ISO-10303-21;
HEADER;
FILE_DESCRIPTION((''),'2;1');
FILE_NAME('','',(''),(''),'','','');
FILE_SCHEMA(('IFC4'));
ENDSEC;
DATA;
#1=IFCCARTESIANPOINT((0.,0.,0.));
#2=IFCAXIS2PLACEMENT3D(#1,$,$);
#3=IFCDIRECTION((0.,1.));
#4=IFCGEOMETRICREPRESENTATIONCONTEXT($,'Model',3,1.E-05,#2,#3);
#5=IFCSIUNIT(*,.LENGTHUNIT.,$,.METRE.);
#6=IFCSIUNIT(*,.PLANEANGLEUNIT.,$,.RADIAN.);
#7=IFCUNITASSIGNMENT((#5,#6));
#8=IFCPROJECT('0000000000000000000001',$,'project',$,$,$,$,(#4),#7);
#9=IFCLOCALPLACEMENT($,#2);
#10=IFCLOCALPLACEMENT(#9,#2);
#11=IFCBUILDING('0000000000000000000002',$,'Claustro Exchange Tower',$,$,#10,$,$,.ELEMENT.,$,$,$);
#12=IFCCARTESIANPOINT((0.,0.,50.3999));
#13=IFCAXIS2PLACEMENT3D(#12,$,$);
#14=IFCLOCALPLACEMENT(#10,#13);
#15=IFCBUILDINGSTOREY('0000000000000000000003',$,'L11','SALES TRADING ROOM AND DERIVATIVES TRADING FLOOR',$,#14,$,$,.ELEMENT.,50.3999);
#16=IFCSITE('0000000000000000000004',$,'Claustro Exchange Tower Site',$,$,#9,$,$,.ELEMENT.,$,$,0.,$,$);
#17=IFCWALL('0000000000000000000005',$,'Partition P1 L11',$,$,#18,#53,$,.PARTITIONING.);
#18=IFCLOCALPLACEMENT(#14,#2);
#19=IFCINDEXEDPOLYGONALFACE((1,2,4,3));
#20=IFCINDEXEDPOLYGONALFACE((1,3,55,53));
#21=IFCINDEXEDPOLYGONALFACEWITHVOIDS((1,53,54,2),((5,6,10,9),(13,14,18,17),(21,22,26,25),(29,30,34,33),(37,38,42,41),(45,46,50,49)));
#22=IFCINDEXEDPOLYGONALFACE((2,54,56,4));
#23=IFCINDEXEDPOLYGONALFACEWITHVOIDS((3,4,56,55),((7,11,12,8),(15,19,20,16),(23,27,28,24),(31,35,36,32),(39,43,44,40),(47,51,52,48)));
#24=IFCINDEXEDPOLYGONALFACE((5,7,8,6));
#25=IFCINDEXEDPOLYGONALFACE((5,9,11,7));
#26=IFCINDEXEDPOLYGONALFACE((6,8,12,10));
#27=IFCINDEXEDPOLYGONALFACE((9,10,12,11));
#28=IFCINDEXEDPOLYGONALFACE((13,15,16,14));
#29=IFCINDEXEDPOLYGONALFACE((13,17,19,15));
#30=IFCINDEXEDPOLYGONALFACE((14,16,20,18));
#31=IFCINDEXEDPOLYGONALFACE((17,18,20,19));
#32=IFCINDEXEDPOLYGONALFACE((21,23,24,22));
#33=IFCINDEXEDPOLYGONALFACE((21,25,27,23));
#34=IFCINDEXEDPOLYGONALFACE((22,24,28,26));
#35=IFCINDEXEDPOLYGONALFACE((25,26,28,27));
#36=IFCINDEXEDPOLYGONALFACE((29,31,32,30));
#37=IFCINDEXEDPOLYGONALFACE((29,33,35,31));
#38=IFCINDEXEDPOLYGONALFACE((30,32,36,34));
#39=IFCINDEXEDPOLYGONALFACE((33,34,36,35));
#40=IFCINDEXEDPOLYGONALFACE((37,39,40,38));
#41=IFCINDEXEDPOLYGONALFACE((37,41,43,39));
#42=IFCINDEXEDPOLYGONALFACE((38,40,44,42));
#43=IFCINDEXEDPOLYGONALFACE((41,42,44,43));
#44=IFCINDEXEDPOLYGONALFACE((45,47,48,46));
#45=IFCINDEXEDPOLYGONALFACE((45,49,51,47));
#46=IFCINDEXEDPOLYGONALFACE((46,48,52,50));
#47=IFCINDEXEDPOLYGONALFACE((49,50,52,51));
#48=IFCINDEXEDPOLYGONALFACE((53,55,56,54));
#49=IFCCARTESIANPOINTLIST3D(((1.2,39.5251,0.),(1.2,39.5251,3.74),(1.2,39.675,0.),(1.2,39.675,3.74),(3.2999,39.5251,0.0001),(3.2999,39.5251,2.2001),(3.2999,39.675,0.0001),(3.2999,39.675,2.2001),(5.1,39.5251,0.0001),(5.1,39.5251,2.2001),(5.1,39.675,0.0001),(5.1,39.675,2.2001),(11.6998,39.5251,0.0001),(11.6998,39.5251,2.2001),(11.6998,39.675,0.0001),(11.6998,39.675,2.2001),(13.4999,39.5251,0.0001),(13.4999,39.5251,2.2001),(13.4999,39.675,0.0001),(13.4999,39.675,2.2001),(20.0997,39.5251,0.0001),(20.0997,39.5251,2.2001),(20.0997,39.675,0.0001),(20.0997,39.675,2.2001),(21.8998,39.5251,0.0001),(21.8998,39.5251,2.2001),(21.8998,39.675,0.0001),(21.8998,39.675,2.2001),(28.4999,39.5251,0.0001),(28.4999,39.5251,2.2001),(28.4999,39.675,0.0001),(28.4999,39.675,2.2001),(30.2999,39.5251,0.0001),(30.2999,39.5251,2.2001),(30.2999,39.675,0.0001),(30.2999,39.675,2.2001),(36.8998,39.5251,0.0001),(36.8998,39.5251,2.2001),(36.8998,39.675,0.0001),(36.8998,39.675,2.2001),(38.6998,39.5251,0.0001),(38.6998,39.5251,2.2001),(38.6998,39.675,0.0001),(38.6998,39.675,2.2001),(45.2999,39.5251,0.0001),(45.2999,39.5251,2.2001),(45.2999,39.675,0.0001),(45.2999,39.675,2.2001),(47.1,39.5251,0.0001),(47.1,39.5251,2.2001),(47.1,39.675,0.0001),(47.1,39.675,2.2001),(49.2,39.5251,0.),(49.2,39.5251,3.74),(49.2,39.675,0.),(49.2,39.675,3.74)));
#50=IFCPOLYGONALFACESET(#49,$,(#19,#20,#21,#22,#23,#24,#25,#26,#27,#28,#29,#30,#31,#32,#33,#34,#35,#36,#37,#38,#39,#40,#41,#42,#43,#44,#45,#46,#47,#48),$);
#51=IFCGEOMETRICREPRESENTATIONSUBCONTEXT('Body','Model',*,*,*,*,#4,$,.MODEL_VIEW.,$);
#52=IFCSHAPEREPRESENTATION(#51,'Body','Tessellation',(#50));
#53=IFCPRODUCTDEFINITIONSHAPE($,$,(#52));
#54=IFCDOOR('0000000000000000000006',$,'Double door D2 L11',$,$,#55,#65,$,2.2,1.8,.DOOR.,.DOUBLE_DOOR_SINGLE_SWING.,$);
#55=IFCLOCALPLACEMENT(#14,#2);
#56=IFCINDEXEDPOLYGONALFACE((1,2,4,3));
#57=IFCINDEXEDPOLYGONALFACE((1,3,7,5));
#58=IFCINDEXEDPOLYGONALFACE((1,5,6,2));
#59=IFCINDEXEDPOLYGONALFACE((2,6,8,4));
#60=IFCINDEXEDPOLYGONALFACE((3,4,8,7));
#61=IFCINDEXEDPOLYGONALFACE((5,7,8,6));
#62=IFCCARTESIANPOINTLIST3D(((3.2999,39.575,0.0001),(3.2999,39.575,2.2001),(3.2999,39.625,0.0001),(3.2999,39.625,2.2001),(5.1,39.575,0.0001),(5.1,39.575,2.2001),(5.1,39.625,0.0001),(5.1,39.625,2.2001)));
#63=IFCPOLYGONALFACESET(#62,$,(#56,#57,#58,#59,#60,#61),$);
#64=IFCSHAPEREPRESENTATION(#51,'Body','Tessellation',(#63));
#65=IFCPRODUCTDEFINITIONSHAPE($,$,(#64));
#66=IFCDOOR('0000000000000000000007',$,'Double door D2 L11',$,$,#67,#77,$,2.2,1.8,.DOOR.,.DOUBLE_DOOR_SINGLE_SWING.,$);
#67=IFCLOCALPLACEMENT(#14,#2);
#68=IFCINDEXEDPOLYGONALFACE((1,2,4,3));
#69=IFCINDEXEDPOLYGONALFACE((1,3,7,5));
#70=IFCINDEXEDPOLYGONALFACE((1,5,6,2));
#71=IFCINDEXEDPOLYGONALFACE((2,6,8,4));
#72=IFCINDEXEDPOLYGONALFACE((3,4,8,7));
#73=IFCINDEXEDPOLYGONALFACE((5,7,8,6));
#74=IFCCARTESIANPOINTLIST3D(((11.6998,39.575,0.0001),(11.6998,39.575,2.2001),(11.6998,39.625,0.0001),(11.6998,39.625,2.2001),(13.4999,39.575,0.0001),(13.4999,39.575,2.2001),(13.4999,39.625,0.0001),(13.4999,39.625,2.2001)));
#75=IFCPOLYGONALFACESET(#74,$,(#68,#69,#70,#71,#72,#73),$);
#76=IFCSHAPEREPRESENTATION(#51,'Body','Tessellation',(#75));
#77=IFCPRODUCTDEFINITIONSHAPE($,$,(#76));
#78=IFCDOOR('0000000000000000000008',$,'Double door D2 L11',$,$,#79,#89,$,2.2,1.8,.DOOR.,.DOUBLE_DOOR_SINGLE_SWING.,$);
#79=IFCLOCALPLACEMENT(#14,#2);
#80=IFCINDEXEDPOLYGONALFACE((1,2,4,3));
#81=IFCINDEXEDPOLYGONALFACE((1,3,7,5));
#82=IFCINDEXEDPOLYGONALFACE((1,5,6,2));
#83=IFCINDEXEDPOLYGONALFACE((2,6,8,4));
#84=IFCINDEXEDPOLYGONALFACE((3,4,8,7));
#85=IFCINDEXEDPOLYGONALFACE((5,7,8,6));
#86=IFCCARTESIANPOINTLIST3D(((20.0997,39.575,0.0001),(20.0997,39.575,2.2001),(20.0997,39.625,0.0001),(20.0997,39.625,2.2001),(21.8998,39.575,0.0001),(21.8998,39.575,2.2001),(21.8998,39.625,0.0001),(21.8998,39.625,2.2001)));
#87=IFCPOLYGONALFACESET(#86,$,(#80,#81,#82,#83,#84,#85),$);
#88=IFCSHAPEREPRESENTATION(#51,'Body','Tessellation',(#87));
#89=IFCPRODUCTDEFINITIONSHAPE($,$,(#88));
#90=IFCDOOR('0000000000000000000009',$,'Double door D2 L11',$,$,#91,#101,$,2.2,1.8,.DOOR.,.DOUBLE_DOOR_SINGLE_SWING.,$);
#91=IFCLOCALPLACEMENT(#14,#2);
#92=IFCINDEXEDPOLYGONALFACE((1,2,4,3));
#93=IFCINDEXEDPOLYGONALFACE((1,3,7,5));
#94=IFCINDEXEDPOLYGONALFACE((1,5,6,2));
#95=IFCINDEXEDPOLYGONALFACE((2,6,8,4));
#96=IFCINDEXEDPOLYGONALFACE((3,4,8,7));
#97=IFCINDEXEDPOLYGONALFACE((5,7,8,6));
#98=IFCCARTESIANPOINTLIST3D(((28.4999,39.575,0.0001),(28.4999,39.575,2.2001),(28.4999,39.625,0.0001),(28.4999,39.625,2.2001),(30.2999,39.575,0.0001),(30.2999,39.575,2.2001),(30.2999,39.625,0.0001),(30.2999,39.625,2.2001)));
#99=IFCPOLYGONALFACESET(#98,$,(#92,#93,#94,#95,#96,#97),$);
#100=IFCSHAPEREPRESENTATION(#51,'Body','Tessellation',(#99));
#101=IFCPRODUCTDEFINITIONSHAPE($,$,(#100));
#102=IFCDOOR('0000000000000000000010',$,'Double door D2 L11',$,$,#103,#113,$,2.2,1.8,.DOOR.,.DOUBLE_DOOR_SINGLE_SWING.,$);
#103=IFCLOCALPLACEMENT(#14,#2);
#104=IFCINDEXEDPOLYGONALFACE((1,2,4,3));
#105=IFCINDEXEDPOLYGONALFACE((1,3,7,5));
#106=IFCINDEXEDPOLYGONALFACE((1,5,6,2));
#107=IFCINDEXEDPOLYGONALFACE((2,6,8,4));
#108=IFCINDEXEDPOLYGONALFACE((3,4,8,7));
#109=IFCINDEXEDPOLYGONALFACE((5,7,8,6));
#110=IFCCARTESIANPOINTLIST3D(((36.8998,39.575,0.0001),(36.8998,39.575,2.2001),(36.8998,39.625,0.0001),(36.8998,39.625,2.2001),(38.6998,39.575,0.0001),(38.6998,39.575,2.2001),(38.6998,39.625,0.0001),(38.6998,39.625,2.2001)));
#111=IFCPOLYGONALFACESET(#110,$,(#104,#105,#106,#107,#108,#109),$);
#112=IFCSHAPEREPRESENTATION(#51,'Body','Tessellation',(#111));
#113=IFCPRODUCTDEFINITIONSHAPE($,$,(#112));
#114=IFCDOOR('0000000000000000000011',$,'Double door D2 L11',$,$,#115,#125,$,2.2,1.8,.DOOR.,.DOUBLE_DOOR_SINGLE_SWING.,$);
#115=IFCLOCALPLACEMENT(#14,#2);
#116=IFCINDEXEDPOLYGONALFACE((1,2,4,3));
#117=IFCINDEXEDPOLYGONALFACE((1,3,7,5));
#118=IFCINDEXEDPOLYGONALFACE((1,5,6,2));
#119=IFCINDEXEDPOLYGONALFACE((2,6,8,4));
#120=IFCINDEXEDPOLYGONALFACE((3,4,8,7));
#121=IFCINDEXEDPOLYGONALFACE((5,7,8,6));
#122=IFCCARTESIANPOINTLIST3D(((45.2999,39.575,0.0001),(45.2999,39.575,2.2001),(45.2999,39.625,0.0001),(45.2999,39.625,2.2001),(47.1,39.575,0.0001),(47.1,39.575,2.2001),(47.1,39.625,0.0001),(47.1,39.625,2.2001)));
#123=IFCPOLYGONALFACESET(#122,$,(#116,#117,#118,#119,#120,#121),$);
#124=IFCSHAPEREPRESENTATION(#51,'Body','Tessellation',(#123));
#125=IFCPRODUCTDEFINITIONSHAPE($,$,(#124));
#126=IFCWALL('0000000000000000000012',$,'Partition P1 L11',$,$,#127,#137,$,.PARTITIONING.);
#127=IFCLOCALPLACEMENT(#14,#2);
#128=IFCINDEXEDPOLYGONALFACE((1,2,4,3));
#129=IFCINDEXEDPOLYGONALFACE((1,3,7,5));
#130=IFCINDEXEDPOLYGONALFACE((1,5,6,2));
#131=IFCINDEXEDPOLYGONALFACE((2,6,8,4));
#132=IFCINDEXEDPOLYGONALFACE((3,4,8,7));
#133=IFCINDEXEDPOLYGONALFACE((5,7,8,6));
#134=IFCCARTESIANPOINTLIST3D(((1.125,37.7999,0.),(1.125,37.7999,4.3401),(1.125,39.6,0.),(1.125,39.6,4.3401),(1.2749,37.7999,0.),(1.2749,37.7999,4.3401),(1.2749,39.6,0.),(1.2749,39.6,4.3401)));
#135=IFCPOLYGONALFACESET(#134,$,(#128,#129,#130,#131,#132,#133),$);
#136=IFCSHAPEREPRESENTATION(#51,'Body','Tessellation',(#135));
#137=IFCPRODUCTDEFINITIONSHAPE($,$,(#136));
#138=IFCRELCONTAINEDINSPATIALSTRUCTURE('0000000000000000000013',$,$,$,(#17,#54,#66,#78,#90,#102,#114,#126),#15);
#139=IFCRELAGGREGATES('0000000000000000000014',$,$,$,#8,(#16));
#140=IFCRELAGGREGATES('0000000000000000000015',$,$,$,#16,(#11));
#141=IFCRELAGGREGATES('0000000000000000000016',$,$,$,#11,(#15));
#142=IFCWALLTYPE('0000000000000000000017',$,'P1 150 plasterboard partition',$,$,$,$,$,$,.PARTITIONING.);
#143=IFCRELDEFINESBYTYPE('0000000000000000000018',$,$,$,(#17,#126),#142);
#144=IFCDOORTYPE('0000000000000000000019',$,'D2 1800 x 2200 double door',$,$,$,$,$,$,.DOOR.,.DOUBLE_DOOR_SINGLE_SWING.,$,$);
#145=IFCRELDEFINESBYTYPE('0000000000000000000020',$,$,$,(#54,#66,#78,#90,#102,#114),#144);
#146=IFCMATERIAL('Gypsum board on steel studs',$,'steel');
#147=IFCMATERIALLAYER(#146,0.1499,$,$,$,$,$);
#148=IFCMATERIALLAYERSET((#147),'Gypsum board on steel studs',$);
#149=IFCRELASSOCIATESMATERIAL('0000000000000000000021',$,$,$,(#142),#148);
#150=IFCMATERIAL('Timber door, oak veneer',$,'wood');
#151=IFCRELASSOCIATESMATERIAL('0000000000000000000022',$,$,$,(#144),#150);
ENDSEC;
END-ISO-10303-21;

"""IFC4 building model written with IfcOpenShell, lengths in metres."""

from ifc_helpers import new_model, si_unit, direction, frame, frame_2d, origin, place, context, subcontext, project, spatial, rectangle, extrude, material, layer, layer_set, type_object, element, fill, save


model = new_model("IFC4")

# Units and contexts
model_context = context("Model", 3, precision=1e-05, world=origin(), true_north=direction((0.0, 1.0)))
body_context = subcontext(model_context, "Body", "Model", "MODEL_VIEW")
ifc_project = project(units=[si_unit("LENGTHUNIT", "METRE"), si_unit("PLANEANGLEUNIT", "RADIAN")], contexts=[model_context])

# Site, building, storey
site_placement = place(None, origin())
site = spatial("IfcSite", under=ifc_project, at=site_placement, Name="Claustro Exchange Tower Site", CompositionType="ELEMENT", RefElevation=0.0)
building_placement = place(site_placement, origin())
building = spatial("IfcBuilding", under=site, at=building_placement, Name="Claustro Exchange Tower", CompositionType="ELEMENT")
storey_placement = place(building_placement, frame((0.0, 0.0, 50.3999)))
storey = spatial("IfcBuildingStorey", under=building, at=storey_placement, Name="L11", Description="SALES TRADING ROOM AND DERIVATIVES TRADING FLOOR", CompositionType="ELEMENT", Elevation=50.3999)

# Wall, openings, doors
ifc_material_1 = material(Name="Gypsum board on steel studs", Category="steel")
ifc_layer_1 = layer(ifc_material_1, 0.1499)
ifc_layer_set_1 = layer_set([ifc_layer_1], Name="Gypsum board on steel studs")
wall_type_1 = type_object("IfcWallType", Name="P1 150 plasterboard partition", PredefinedType="PARTITIONING", material=ifc_layer_set_1)
wall_1_placement = place(storey_placement, frame((1.2, 39.6001, 0.0), z_axis=(0.0, 0.0, 1.0), x_axis=(1.0, 0.0, 0.0)))
wall_1 = element("IfcWall", 1, at=wall_1_placement, inside=storey, type_object=wall_type_1, Name="Partition P1 L11", PredefinedType="PARTITIONING", context=body_context, shape_type="SweptSolid", body=[
    extrude(rectangle(XDim=48.0, YDim=0.1499, at=frame_2d((24.0, 0.0))), origin(), (0.0, 0.0, 1.0), 3.74),
])
opening_1_placement = place(wall_1_placement, frame((2.1001, 0.0, 0.0)))
opening_1 = element("IfcOpeningElement", 2, at=opening_1_placement, cuts=wall_1, PredefinedType="OPENING", context=body_context, shape_type="SweptSolid", body=[
    extrude(rectangle(XDim=1.8, YDim=2.2, at=frame_2d((0.8999, 1.1001))), frame((0.0, 0.085, 0.0), z_axis=(0.0, -1.0, 0.0), x_axis=(1.0, 0.0, 0.0)), (0.0, 0.0, 1.0), 0.1699),
])
opening_2_placement = place(wall_1_placement, frame((10.5, 0.0, 0.0)))
opening_2 = element("IfcOpeningElement", 3, at=opening_2_placement, cuts=wall_1, PredefinedType="OPENING", context=body_context, shape_type="SweptSolid", body=[
    extrude(rectangle(XDim=1.8, YDim=2.2, at=frame_2d((0.8999, 1.1001))), frame((0.0, 0.085, 0.0), z_axis=(0.0, -1.0, 0.0), x_axis=(1.0, 0.0, 0.0)), (0.0, 0.0, 1.0), 0.1699),
])
opening_3_placement = place(wall_1_placement, frame((18.8999, 0.0, 0.0)))
opening_3 = element("IfcOpeningElement", 4, at=opening_3_placement, cuts=wall_1, PredefinedType="OPENING", context=body_context, shape_type="SweptSolid", body=[
    extrude(rectangle(XDim=1.8, YDim=2.2, at=frame_2d((0.8999, 1.1001))), frame((0.0, 0.085, 0.0), z_axis=(0.0, -1.0, 0.0), x_axis=(1.0, 0.0, 0.0)), (0.0, 0.0, 1.0), 0.1699),
])
opening_4_placement = place(wall_1_placement, frame((27.3, 0.0, 0.0)))
opening_4 = element("IfcOpeningElement", 5, at=opening_4_placement, cuts=wall_1, PredefinedType="OPENING", context=body_context, shape_type="SweptSolid", body=[
    extrude(rectangle(XDim=1.8, YDim=2.2, at=frame_2d((0.8999, 1.1001))), frame((0.0, 0.085, 0.0), z_axis=(0.0, -1.0, 0.0), x_axis=(1.0, 0.0, 0.0)), (0.0, 0.0, 1.0), 0.1699),
])
opening_5_placement = place(wall_1_placement, frame((35.7, 0.0, 0.0)))
opening_5 = element("IfcOpeningElement", 6, at=opening_5_placement, cuts=wall_1, PredefinedType="OPENING", context=body_context, shape_type="SweptSolid", body=[
    extrude(rectangle(XDim=1.8, YDim=2.2, at=frame_2d((0.8999, 1.1001))), frame((0.0, 0.085, 0.0), z_axis=(0.0, -1.0, 0.0), x_axis=(1.0, 0.0, 0.0)), (0.0, 0.0, 1.0), 0.1699),
])
opening_6_placement = place(wall_1_placement, frame((44.1001, 0.0, 0.0)))
opening_6 = element("IfcOpeningElement", 7, at=opening_6_placement, cuts=wall_1, PredefinedType="OPENING", context=body_context, shape_type="SweptSolid", body=[
    extrude(rectangle(XDim=1.8, YDim=2.2, at=frame_2d((0.8999, 1.1001))), frame((0.0, 0.085, 0.0), z_axis=(0.0, -1.0, 0.0), x_axis=(1.0, 0.0, 0.0)), (0.0, 0.0, 1.0), 0.1699),
])
ifc_material_2 = material(Name="Timber door, oak veneer", Category="wood")
door_type = type_object("IfcDoorType", Name="D2 1800 x 2200 double door", OperationType="DOUBLE_DOOR_SINGLE_SWING", PredefinedType="DOOR", material=ifc_material_2)
door_1_placement = place(opening_1_placement, origin())
door_1 = element("IfcDoor", 8, at=door_1_placement, inside=storey, type_object=door_type, Name="Double door D2 L11", OperationType="DOUBLE_DOOR_SINGLE_SWING", OverallHeight=2.2, OverallWidth=1.8, PredefinedType="DOOR", context=body_context, shape_type="SweptSolid", body=[
    extrude(rectangle(XDim=1.8, YDim=2.2, at=frame_2d((0.8999, 1.1001))), frame((0.0, 0.0249, 0.0), z_axis=(0.0, -1.0, 0.0), x_axis=(1.0, 0.0, 0.0)), (0.0, 0.0, 1.0), 0.05),
])
fill(opening_1, door_1)
door_2_placement = place(opening_2_placement, origin())
door_2 = element("IfcDoor", 9, at=door_2_placement, inside=storey, type_object=door_type, Name="Double door D2 L11", OperationType="DOUBLE_DOOR_SINGLE_SWING", OverallHeight=2.2, OverallWidth=1.8, PredefinedType="DOOR", context=body_context, shape_type="SweptSolid", body=[
    extrude(rectangle(XDim=1.8, YDim=2.2, at=frame_2d((0.8999, 1.1001))), frame((0.0, 0.0249, 0.0), z_axis=(0.0, -1.0, 0.0), x_axis=(1.0, 0.0, 0.0)), (0.0, 0.0, 1.0), 0.05),
])
fill(opening_2, door_2)
door_3_placement = place(opening_3_placement, origin())
door_3 = element("IfcDoor", 10, at=door_3_placement, inside=storey, type_object=door_type, Name="Double door D2 L11", OperationType="DOUBLE_DOOR_SINGLE_SWING", OverallHeight=2.2, OverallWidth=1.8, PredefinedType="DOOR", context=body_context, shape_type="SweptSolid", body=[
    extrude(rectangle(XDim=1.8, YDim=2.2, at=frame_2d((0.8999, 1.1001))), frame((0.0, 0.0249, 0.0), z_axis=(0.0, -1.0, 0.0), x_axis=(1.0, 0.0, 0.0)), (0.0, 0.0, 1.0), 0.05),
])
fill(opening_3, door_3)
door_4_placement = place(opening_4_placement, origin())
door_4 = element("IfcDoor", 11, at=door_4_placement, inside=storey, type_object=door_type, Name="Double door D2 L11", OperationType="DOUBLE_DOOR_SINGLE_SWING", OverallHeight=2.2, OverallWidth=1.8, PredefinedType="DOOR", context=body_context, shape_type="SweptSolid", body=[
    extrude(rectangle(XDim=1.8, YDim=2.2, at=frame_2d((0.8999, 1.1001))), frame((0.0, 0.0249, 0.0), z_axis=(0.0, -1.0, 0.0), x_axis=(1.0, 0.0, 0.0)), (0.0, 0.0, 1.0), 0.05),
])
fill(opening_4, door_4)
door_5_placement = place(opening_5_placement, origin())
door_5 = element("IfcDoor", 12, at=door_5_placement, inside=storey, type_object=door_type, Name="Double door D2 L11", OperationType="DOUBLE_DOOR_SINGLE_SWING", OverallHeight=2.2, OverallWidth=1.8, PredefinedType="DOOR", context=body_context, shape_type="SweptSolid", body=[
    extrude(rectangle(XDim=1.8, YDim=2.2, at=frame_2d((0.8999, 1.1001))), frame((0.0, 0.0249, 0.0), z_axis=(0.0, -1.0, 0.0), x_axis=(1.0, 0.0, 0.0)), (0.0, 0.0, 1.0), 0.05),
])
fill(opening_5, door_5)
door_6_placement = place(opening_6_placement, origin())
door_6 = element("IfcDoor", 13, at=door_6_placement, inside=storey, type_object=door_type, Name="Double door D2 L11", OperationType="DOUBLE_DOOR_SINGLE_SWING", OverallHeight=2.2, OverallWidth=1.8, PredefinedType="DOOR", context=body_context, shape_type="SweptSolid", body=[
    extrude(rectangle(XDim=1.8, YDim=2.2, at=frame_2d((0.8999, 1.1001))), frame((0.0, 0.0249, 0.0), z_axis=(0.0, -1.0, 0.0), x_axis=(1.0, 0.0, 0.0)), (0.0, 0.0, 1.0), 0.05),
])
fill(opening_6, door_6)

# Wall
wall_2_placement = place(storey_placement, frame((1.2, 37.8, 0.0), z_axis=(0.0, 0.0, 1.0), x_axis=(0.0, 1.0, 0.0)))
element("IfcWall", 14, at=wall_2_placement, inside=storey, type_object=wall_type_1, Name="Partition P1 L11", PredefinedType="PARTITIONING", context=body_context, shape_type="SweptSolid", body=[
    extrude(rectangle(XDim=1.8, YDim=0.1499, at=frame_2d((0.8999, 0.0))), origin(), (0.0, 0.0, 1.0), 4.3401),
])

save(model, "model.ifc")
